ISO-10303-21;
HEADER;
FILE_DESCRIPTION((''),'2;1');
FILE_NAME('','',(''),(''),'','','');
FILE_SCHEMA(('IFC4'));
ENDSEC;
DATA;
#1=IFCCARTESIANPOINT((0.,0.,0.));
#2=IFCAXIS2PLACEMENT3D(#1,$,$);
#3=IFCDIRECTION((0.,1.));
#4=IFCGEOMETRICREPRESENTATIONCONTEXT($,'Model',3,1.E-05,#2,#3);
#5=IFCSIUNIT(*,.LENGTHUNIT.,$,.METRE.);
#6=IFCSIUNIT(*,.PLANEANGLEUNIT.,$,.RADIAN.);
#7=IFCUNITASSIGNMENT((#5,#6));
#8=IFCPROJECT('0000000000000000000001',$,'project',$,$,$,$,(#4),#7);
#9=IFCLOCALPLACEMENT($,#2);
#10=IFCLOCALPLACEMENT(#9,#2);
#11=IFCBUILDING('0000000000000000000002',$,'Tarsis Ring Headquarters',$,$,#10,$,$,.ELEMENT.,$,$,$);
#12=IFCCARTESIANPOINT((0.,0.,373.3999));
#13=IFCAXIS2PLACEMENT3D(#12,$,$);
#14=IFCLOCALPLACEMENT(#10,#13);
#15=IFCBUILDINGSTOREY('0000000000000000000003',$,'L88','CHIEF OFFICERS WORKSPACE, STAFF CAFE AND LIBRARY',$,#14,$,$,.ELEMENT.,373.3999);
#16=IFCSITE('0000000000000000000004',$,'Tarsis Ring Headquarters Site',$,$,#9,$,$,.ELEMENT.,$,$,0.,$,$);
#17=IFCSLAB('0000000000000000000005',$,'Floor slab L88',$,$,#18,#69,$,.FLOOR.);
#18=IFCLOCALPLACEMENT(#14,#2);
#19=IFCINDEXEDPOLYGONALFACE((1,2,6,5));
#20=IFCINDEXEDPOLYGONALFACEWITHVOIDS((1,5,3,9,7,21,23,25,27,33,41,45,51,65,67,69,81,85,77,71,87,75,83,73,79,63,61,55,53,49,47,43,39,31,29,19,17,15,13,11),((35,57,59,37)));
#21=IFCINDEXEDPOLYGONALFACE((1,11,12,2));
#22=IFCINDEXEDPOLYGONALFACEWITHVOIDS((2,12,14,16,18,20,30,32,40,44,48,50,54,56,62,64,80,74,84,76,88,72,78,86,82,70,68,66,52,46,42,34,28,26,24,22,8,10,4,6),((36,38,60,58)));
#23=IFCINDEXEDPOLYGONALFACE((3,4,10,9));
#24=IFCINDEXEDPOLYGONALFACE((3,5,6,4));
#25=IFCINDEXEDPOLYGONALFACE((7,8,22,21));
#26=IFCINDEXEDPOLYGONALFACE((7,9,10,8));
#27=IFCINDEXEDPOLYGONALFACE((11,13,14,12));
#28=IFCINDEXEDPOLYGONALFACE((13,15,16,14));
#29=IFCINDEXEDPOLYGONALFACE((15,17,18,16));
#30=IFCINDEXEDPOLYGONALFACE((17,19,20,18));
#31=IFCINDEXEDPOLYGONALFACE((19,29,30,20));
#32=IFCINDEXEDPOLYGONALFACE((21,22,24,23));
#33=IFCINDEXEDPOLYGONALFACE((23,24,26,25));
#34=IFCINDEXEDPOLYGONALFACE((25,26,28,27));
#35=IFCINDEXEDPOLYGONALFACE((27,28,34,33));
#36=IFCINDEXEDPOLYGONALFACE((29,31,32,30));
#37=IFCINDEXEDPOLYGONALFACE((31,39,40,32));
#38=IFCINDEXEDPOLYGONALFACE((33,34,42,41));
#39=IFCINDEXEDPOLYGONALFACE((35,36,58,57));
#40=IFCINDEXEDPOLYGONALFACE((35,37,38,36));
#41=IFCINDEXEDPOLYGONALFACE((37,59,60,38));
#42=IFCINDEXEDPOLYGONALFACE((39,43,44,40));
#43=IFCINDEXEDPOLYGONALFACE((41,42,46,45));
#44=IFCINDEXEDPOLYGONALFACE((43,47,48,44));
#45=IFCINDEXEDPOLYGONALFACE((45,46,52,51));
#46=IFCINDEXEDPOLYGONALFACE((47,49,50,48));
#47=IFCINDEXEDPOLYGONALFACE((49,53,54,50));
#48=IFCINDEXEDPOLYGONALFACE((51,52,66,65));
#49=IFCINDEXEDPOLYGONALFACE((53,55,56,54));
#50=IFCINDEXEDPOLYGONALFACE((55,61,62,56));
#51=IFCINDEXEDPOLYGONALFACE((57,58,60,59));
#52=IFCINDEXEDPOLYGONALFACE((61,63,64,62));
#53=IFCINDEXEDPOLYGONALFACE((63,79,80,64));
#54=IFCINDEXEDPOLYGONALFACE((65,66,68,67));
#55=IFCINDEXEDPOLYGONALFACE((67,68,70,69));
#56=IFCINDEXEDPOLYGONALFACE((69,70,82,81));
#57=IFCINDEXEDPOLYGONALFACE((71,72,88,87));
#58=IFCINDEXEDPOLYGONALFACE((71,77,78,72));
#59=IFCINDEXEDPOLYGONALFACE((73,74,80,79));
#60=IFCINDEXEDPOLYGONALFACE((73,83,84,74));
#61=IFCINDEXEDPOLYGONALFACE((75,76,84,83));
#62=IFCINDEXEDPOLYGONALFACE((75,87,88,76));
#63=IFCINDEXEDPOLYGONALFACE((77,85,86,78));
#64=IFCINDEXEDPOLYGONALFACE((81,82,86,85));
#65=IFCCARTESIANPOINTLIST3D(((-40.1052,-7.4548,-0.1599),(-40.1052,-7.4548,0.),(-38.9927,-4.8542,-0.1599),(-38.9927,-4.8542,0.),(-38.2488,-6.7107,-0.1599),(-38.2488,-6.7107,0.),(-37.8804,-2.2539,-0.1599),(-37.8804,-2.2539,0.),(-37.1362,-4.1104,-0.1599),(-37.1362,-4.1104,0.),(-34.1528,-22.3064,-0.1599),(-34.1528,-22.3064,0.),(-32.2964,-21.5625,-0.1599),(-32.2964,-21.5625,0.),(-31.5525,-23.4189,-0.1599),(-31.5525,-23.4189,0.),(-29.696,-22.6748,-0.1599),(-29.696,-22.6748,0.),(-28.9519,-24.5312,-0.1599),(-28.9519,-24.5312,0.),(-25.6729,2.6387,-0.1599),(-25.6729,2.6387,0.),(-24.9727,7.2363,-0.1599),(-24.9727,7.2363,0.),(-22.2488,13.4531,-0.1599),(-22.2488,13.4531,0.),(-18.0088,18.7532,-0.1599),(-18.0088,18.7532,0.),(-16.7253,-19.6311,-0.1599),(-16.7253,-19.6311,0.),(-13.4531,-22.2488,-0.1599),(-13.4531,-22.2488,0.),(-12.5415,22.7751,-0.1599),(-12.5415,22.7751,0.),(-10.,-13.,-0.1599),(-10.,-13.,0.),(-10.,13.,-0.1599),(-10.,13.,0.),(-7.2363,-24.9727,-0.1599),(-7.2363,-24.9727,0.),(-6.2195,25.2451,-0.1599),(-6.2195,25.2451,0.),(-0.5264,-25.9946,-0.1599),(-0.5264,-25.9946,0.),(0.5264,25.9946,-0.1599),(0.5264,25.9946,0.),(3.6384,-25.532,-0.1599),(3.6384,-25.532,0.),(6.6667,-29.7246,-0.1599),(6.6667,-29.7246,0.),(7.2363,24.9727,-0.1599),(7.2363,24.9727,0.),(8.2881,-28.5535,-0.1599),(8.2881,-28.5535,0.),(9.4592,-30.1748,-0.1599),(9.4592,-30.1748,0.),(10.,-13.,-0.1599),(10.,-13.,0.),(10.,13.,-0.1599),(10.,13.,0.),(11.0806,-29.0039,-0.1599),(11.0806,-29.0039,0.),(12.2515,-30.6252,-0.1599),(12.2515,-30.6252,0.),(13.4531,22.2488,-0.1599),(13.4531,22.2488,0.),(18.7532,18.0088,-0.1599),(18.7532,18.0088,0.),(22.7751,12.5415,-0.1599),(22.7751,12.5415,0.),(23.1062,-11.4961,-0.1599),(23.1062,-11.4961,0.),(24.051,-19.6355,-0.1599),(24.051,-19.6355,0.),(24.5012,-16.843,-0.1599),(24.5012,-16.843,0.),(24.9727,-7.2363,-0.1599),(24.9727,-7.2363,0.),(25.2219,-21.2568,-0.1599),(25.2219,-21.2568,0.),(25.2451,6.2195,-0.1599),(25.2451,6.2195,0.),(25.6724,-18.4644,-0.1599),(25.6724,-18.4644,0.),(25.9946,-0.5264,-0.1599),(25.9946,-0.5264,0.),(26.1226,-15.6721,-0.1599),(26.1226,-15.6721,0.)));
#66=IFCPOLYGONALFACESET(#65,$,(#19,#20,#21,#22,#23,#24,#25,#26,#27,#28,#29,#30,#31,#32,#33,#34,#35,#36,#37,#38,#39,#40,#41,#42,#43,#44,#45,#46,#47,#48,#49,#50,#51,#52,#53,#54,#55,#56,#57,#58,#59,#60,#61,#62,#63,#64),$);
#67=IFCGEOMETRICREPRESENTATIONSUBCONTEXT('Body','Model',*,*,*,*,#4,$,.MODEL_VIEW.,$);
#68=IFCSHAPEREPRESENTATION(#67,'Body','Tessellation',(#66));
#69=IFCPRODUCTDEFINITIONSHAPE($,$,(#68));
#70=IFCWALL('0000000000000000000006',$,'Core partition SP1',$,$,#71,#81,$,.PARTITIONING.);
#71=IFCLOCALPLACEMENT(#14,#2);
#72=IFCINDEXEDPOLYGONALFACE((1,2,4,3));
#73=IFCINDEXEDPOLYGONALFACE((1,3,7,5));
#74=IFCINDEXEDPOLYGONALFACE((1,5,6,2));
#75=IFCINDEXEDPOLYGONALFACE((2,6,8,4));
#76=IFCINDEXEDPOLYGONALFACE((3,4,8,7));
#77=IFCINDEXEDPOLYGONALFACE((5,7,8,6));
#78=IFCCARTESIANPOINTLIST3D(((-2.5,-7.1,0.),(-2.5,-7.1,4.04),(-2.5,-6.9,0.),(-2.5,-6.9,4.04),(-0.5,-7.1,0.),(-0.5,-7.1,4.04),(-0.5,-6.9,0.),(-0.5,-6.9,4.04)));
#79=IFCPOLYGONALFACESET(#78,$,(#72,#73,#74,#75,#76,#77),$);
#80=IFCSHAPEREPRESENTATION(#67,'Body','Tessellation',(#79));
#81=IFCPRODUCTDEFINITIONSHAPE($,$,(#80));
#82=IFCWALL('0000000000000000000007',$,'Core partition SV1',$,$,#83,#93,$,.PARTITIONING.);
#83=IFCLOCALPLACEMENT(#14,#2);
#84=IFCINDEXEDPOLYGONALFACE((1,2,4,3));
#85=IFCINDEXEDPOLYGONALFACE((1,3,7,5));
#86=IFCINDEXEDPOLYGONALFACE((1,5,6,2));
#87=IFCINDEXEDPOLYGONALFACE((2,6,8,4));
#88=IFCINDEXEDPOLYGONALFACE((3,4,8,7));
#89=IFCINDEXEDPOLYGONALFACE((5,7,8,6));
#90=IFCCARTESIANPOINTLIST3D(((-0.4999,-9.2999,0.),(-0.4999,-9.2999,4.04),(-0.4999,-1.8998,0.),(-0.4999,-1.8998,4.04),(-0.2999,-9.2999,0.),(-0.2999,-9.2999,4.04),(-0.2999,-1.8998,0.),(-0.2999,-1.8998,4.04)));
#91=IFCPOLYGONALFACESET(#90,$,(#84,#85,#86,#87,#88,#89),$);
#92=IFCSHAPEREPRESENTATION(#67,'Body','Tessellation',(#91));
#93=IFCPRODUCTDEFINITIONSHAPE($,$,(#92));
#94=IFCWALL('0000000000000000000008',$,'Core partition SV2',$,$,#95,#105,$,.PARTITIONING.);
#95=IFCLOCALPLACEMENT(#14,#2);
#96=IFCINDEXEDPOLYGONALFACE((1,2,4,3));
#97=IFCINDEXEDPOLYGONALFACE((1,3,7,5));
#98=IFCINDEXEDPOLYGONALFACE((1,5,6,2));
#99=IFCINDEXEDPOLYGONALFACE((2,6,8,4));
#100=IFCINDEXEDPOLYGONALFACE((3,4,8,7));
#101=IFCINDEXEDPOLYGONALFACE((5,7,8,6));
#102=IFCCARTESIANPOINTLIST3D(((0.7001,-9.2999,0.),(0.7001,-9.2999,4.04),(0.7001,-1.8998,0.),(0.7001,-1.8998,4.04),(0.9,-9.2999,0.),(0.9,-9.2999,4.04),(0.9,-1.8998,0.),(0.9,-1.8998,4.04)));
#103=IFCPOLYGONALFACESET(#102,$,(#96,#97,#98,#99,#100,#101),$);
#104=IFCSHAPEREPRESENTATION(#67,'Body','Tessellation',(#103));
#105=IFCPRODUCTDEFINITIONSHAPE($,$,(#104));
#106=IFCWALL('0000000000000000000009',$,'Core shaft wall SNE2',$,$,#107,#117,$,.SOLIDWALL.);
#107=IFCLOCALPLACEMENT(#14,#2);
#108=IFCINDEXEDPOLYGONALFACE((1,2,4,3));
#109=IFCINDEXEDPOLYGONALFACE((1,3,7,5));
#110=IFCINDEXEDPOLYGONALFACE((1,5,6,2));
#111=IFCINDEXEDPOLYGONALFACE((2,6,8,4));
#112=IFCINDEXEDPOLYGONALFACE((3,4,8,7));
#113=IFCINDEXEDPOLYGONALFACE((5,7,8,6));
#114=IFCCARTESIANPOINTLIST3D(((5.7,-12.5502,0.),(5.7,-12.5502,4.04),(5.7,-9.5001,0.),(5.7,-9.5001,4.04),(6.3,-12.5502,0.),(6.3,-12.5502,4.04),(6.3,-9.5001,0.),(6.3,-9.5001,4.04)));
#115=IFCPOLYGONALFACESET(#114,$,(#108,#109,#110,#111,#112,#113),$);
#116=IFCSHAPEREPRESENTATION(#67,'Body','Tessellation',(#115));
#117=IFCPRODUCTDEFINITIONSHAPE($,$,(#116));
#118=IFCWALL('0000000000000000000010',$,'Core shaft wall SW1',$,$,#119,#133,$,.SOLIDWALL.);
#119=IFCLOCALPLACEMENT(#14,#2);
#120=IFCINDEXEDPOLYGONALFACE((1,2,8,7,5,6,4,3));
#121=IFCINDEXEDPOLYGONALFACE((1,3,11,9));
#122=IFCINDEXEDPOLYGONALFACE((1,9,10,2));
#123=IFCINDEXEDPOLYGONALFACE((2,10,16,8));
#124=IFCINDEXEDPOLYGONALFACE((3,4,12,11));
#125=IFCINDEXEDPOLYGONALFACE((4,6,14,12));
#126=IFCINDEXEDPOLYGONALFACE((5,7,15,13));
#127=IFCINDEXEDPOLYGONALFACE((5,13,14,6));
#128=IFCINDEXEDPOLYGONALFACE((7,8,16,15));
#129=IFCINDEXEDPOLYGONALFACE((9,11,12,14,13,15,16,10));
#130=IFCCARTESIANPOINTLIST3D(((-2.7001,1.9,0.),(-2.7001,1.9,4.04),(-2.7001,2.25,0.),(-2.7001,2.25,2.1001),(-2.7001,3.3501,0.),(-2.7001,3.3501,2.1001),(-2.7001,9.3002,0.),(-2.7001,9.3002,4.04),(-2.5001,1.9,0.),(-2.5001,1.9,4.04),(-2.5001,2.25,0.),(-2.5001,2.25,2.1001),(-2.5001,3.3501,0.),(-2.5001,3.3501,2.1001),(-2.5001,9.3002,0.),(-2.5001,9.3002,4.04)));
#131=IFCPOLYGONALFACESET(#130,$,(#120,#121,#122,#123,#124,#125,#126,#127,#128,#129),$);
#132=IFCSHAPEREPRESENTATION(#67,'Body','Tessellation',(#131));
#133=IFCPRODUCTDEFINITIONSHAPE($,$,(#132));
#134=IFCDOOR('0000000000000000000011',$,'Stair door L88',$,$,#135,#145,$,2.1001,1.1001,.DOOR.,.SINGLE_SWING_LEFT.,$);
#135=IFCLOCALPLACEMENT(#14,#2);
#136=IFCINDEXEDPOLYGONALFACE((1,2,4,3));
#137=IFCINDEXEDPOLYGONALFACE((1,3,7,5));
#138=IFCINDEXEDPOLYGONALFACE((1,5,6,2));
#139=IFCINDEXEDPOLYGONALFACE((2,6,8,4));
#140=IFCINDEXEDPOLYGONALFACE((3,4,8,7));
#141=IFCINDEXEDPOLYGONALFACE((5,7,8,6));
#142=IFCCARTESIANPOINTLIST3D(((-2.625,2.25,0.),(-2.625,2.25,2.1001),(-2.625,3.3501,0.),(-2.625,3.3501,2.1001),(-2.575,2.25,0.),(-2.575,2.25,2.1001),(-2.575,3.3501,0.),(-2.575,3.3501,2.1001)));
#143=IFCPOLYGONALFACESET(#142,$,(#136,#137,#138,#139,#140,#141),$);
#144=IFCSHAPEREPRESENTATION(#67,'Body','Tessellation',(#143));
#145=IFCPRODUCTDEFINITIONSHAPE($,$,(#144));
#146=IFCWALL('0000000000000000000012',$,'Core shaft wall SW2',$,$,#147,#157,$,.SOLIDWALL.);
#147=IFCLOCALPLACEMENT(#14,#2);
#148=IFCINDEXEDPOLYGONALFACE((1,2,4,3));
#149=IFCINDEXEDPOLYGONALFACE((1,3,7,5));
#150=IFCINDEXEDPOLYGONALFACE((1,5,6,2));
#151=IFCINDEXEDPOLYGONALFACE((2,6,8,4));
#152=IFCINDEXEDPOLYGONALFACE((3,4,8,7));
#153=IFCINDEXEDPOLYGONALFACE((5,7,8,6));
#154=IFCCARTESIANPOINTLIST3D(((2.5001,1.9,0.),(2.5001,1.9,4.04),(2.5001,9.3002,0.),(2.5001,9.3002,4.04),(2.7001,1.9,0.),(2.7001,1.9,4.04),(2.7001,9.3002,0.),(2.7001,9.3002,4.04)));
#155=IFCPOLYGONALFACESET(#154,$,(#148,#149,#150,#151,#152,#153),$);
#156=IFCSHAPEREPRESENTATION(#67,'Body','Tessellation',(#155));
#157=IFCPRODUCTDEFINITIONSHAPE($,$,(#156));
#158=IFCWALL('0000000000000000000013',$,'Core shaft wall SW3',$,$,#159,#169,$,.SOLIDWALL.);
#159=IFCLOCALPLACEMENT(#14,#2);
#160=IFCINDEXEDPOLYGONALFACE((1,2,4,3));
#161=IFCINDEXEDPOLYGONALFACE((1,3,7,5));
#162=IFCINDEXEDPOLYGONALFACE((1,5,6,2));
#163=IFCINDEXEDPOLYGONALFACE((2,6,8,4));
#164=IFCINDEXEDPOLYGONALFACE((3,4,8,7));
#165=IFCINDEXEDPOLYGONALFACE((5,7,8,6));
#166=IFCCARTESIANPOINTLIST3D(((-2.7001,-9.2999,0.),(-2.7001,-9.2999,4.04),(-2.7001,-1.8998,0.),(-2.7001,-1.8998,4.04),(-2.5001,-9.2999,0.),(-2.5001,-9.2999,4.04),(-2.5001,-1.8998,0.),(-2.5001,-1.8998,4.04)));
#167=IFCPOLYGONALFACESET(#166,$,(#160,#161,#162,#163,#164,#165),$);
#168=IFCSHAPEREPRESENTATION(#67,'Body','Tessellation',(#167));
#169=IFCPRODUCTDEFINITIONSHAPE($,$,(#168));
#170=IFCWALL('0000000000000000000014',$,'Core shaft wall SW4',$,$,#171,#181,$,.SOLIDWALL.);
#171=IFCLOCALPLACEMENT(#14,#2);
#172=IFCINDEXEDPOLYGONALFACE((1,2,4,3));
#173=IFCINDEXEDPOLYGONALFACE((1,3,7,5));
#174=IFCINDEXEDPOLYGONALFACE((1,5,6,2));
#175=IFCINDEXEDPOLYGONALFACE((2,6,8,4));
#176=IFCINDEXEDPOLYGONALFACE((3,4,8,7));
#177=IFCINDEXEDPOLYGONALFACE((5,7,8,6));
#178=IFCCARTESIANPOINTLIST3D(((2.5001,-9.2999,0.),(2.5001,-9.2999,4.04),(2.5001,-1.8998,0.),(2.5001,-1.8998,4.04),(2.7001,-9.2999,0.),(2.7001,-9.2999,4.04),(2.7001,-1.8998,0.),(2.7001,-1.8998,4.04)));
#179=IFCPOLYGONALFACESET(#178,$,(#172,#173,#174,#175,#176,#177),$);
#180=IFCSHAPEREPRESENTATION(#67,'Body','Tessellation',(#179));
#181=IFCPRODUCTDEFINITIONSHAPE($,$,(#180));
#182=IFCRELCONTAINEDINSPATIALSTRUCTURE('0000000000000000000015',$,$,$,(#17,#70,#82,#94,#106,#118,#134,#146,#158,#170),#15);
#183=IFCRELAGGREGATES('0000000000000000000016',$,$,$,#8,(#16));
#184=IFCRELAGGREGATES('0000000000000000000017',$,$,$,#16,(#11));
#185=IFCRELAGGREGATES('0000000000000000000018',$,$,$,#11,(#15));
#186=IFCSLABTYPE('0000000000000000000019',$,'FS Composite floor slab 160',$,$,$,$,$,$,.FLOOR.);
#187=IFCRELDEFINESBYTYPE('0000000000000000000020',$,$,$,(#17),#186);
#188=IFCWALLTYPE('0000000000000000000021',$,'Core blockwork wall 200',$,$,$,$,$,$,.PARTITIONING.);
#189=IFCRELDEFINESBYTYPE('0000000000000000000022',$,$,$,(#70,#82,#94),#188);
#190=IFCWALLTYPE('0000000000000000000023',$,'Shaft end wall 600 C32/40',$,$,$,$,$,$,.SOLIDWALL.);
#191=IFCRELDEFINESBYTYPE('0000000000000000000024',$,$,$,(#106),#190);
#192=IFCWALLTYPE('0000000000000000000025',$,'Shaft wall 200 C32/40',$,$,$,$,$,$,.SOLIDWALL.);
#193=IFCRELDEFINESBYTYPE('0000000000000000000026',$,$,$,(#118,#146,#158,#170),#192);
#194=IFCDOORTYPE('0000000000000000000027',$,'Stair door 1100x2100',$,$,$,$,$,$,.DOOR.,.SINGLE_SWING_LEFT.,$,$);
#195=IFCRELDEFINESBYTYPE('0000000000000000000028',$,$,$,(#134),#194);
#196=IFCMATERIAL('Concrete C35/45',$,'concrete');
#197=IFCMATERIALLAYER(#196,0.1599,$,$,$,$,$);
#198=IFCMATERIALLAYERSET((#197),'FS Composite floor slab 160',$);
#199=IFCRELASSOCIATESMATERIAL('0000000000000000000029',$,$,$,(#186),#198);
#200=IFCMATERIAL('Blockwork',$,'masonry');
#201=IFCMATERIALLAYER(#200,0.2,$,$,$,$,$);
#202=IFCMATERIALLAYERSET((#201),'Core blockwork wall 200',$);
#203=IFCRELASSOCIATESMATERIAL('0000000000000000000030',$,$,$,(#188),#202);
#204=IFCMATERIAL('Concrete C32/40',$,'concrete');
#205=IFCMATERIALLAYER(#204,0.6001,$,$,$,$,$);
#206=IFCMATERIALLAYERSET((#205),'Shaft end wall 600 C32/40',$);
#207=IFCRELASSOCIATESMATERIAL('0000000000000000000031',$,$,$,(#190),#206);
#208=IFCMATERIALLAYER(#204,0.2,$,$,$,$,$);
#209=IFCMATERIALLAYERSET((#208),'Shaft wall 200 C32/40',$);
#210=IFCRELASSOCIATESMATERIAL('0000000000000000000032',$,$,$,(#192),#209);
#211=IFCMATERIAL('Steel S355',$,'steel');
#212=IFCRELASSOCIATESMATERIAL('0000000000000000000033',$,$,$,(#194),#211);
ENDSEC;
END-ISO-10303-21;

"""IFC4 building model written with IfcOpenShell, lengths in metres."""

from ifc_helpers import new_model, si_unit, direction, frame, frame_2d, origin, place, context, subcontext, project, spatial, polyline, rectangle, outline, extrude, material, layer, layer_set, type_object, element, fill, save


model = new_model("IFC4")

# Units and contexts
model_context = context("Model", 3, precision=1e-05, world=origin(), true_north=direction((0.0, 1.0)))
body_context = subcontext(model_context, "Body", "Model", "MODEL_VIEW")
ifc_project = project(units=[si_unit("LENGTHUNIT", "METRE"), si_unit("PLANEANGLEUNIT", "RADIAN")], contexts=[model_context])

# Site, building, storey
site_placement = place(None, origin())
site = spatial("IfcSite", under=ifc_project, at=site_placement, Name="Tarsis Ring Headquarters Site", CompositionType="ELEMENT", RefElevation=0.0)
building_placement = place(site_placement, origin())
building = spatial("IfcBuilding", under=site, at=building_placement, Name="Tarsis Ring Headquarters", CompositionType="ELEMENT")
storey_placement = place(building_placement, frame((0.0, 0.0, 373.3999)))
storey = spatial("IfcBuildingStorey", under=building, at=storey_placement, Name="L88", Description="CHIEF OFFICERS WORKSPACE, STAFF CAFE AND LIBRARY", CompositionType="ELEMENT", Elevation=373.3999)

# Slab
ifc_material_1 = material(Name="Concrete C35/45", Category="concrete")
ifc_layer_1 = layer(ifc_material_1, 0.1599)
ifc_layer_set_1 = layer_set([ifc_layer_1], Name="FS Composite floor slab 160")
slab_type_1 = type_object("IfcSlabType", Name="FS Composite floor slab 160", PredefinedType="FLOOR", material=ifc_layer_set_1)
slab_1_placement = place(storey_placement, frame((0.0, 0.0, -0.1599)))
element("IfcSlab", 1, at=slab_1_placement, inside=storey, type_object=slab_type_1, Name="Floor slab L88", PredefinedType="FLOOR", context=body_context, shape_type="SweptSolid", body=[
    extrude(outline(polyline([(-16.7253, -19.6311), (-13.4531, -22.2488), (-7.2363, -24.9727), (-0.5264, -25.9946), (3.6384, -25.532), (6.6667, -29.7246), (8.2881, -28.5535), (9.4592, -30.1748), (11.0806, -29.0039), (12.2515, -30.6252), (25.2219, -21.2568), (24.051, -19.6355), (25.6724, -18.4644), (24.5012, -16.843), (26.1226, -15.6721), (23.1062, -11.4961), (24.9727, -7.2363), (25.9946, -0.5264), (25.2451, 6.2195), (22.7751, 12.5415), (18.7532, 18.0088), (13.4531, 22.2488), (7.2363, 24.9727), (0.5264, 25.9946), (-6.2195, 25.2451), (-12.5415, 22.7751), (-18.0088, 18.7532), (-22.2488, 13.4531), (-24.9727, 7.2363), (-25.6729, 2.6387), (-37.8804, -2.2539), (-37.1362, -4.1104), (-38.9927, -4.8542), (-38.2488, -6.7107), (-40.1052, -7.4548), (-34.1528, -22.3064), (-32.2964, -21.5625), (-31.5525, -23.4189), (-29.696, -22.6748), (-28.9519, -24.5312), (-16.7253, -19.6311)]), holes=[polyline([(-10.0, -13.0), (-10.0, 13.0), (10.0, 13.0), (10.0, -13.0), (-10.0, -13.0)])]), origin(), (0.0, 0.0, 1.0), 0.1599),
])

# Walls
ifc_material_2 = material(Name="Blockwork", Category="masonry")
ifc_layer_2 = layer(ifc_material_2, 0.2)
ifc_layer_set_2 = layer_set([ifc_layer_2], Name="Core blockwork wall 200")
wall_type_1 = type_object("IfcWallType", Name="Core blockwork wall 200", PredefinedType="PARTITIONING", material=ifc_layer_set_2)
wall_1_placement = place(storey_placement, frame((-2.5, -7.0, 0.0), z_axis=(0.0, 0.0, 1.0), x_axis=(1.0, 0.0, 0.0)))
element("IfcWall", 2, at=wall_1_placement, inside=storey, type_object=wall_type_1, Name="Core partition SP1", PredefinedType="PARTITIONING", context=body_context, shape_type="SweptSolid", body=[
    extrude(rectangle(XDim=2.0, YDim=0.2, at=frame_2d((1.0, 0.0))), origin(), (0.0, 0.0, 1.0), 4.04),
])
for number, where, z_axis, x_axis, name in (
    (3, (-0.3999, -9.3, 0.0), (0.0, 0.0, 1.0), (0.0, 1.0, 0.0), "Core partition SV1"),
    (4, (0.8, -9.3, 0.0), (0.0, 0.0, 1.0), (0.0, 1.0, 0.0), "Core partition SV2"),
):
    element("IfcWall", number, at=place(storey_placement, frame(where, z_axis=z_axis, x_axis=x_axis)), inside=storey, type_object=wall_type_1, Name=name, PredefinedType="PARTITIONING", context=body_context, shape_type="SweptSolid", body=[
        extrude(rectangle(XDim=7.4001, YDim=0.2, at=frame_2d((3.7002, 0.0))), origin(), (0.0, 0.0, 1.0), 4.04),
    ])
ifc_material_3 = material(Name="Concrete C32/40", Category="concrete")
ifc_layer_3 = layer(ifc_material_3, 0.6001)
ifc_layer_set_3 = layer_set([ifc_layer_3], Name="Shaft end wall 600 C32/40")
wall_type_2 = type_object("IfcWallType", Name="Shaft end wall 600 C32/40", PredefinedType="SOLIDWALL", material=ifc_layer_set_3)
wall_2_placement = place(storey_placement, frame((6.0, -12.55, 0.0), z_axis=(0.0, 0.0, 1.0), x_axis=(0.0, 1.0, 0.0)))
element("IfcWall", 5, at=wall_2_placement, inside=storey, type_object=wall_type_2, Name="Core shaft wall SNE2", PredefinedType="SOLIDWALL", context=body_context, shape_type="SweptSolid", body=[
    extrude(rectangle(XDim=3.05, YDim=0.6001, at=frame_2d((1.5249, 0.0))), origin(), (0.0, 0.0, 1.0), 4.04),
])

# Wall, opening, door
ifc_layer_4 = layer(ifc_material_3, 0.2)
ifc_layer_set_4 = layer_set([ifc_layer_4], Name="Shaft wall 200 C32/40")
wall_type_3 = type_object("IfcWallType", Name="Shaft wall 200 C32/40", PredefinedType="SOLIDWALL", material=ifc_layer_set_4)
wall_3_placement = place(storey_placement, frame((-2.6001, 1.8999, 0.0), z_axis=(0.0, 0.0, 1.0), x_axis=(0.0, 1.0, 0.0)))
wall_3 = element("IfcWall", 6, at=wall_3_placement, inside=storey, type_object=wall_type_3, Name="Core shaft wall SW1", PredefinedType="SOLIDWALL", context=body_context, shape_type="SweptSolid", body=[
    extrude(rectangle(XDim=7.4001, YDim=0.2, at=frame_2d((3.7002, 0.0))), origin(), (0.0, 0.0, 1.0), 4.04),
])
opening_placement = place(wall_3_placement, frame((0.3501, 0.0, 0.0)))
opening = element("IfcOpeningElement", 7, at=opening_placement, cuts=wall_3, PredefinedType="OPENING", context=body_context, shape_type="SweptSolid", body=[
    extrude(rectangle(XDim=1.1001, YDim=2.1001, at=frame_2d((0.55, 1.05))), frame((0.0, 0.1099, 0.0), z_axis=(0.0, -1.0, 0.0), x_axis=(1.0, 0.0, 0.0)), (0.0, 0.0, 1.0), 0.22),
])
ifc_material_4 = material(Name="Steel S355", Category="steel")
door_type = type_object("IfcDoorType", Name="Stair door 1100x2100", OperationType="SINGLE_SWING_LEFT", PredefinedType="DOOR", material=ifc_material_4)
door_placement = place(opening_placement, origin())
door = element("IfcDoor", 8, at=door_placement, inside=storey, type_object=door_type, Name="Stair door L88", OperationType="SINGLE_SWING_LEFT", OverallHeight=2.1001, OverallWidth=1.1001, PredefinedType="DOOR", context=body_context, shape_type="SweptSolid", body=[
    extrude(rectangle(XDim=1.1001, YDim=2.1001, at=frame_2d((0.55, 1.05))), frame((0.0, 0.0249, 0.0), z_axis=(0.0, -1.0, 0.0), x_axis=(1.0, 0.0, 0.0)), (0.0, 0.0, 1.0), 0.05),
])
fill(opening, door)

# Walls
for number, where, z_axis, x_axis, name in (
    (9, (2.6001, 1.8999, 0.0), (0.0, 0.0, 1.0), (0.0, 1.0, 0.0), "Core shaft wall SW2"),
    (10, (-2.6001, -9.3, 0.0), (0.0, 0.0, 1.0), (0.0, 1.0, 0.0), "Core shaft wall SW3"),
    (11, (2.6001, -9.3, 0.0), (0.0, 0.0, 1.0), (0.0, 1.0, 0.0), "Core shaft wall SW4"),
):
    element("IfcWall", number, at=place(storey_placement, frame(where, z_axis=z_axis, x_axis=x_axis)), inside=storey, type_object=wall_type_3, Name=name, PredefinedType="SOLIDWALL", context=body_context, shape_type="SweptSolid", body=[
        extrude(rectangle(XDim=7.4001, YDim=0.2, at=frame_2d((3.7002, 0.0))), origin(), (0.0, 0.0, 1.0), 4.04),
    ])

save(model, "model.ifc")
